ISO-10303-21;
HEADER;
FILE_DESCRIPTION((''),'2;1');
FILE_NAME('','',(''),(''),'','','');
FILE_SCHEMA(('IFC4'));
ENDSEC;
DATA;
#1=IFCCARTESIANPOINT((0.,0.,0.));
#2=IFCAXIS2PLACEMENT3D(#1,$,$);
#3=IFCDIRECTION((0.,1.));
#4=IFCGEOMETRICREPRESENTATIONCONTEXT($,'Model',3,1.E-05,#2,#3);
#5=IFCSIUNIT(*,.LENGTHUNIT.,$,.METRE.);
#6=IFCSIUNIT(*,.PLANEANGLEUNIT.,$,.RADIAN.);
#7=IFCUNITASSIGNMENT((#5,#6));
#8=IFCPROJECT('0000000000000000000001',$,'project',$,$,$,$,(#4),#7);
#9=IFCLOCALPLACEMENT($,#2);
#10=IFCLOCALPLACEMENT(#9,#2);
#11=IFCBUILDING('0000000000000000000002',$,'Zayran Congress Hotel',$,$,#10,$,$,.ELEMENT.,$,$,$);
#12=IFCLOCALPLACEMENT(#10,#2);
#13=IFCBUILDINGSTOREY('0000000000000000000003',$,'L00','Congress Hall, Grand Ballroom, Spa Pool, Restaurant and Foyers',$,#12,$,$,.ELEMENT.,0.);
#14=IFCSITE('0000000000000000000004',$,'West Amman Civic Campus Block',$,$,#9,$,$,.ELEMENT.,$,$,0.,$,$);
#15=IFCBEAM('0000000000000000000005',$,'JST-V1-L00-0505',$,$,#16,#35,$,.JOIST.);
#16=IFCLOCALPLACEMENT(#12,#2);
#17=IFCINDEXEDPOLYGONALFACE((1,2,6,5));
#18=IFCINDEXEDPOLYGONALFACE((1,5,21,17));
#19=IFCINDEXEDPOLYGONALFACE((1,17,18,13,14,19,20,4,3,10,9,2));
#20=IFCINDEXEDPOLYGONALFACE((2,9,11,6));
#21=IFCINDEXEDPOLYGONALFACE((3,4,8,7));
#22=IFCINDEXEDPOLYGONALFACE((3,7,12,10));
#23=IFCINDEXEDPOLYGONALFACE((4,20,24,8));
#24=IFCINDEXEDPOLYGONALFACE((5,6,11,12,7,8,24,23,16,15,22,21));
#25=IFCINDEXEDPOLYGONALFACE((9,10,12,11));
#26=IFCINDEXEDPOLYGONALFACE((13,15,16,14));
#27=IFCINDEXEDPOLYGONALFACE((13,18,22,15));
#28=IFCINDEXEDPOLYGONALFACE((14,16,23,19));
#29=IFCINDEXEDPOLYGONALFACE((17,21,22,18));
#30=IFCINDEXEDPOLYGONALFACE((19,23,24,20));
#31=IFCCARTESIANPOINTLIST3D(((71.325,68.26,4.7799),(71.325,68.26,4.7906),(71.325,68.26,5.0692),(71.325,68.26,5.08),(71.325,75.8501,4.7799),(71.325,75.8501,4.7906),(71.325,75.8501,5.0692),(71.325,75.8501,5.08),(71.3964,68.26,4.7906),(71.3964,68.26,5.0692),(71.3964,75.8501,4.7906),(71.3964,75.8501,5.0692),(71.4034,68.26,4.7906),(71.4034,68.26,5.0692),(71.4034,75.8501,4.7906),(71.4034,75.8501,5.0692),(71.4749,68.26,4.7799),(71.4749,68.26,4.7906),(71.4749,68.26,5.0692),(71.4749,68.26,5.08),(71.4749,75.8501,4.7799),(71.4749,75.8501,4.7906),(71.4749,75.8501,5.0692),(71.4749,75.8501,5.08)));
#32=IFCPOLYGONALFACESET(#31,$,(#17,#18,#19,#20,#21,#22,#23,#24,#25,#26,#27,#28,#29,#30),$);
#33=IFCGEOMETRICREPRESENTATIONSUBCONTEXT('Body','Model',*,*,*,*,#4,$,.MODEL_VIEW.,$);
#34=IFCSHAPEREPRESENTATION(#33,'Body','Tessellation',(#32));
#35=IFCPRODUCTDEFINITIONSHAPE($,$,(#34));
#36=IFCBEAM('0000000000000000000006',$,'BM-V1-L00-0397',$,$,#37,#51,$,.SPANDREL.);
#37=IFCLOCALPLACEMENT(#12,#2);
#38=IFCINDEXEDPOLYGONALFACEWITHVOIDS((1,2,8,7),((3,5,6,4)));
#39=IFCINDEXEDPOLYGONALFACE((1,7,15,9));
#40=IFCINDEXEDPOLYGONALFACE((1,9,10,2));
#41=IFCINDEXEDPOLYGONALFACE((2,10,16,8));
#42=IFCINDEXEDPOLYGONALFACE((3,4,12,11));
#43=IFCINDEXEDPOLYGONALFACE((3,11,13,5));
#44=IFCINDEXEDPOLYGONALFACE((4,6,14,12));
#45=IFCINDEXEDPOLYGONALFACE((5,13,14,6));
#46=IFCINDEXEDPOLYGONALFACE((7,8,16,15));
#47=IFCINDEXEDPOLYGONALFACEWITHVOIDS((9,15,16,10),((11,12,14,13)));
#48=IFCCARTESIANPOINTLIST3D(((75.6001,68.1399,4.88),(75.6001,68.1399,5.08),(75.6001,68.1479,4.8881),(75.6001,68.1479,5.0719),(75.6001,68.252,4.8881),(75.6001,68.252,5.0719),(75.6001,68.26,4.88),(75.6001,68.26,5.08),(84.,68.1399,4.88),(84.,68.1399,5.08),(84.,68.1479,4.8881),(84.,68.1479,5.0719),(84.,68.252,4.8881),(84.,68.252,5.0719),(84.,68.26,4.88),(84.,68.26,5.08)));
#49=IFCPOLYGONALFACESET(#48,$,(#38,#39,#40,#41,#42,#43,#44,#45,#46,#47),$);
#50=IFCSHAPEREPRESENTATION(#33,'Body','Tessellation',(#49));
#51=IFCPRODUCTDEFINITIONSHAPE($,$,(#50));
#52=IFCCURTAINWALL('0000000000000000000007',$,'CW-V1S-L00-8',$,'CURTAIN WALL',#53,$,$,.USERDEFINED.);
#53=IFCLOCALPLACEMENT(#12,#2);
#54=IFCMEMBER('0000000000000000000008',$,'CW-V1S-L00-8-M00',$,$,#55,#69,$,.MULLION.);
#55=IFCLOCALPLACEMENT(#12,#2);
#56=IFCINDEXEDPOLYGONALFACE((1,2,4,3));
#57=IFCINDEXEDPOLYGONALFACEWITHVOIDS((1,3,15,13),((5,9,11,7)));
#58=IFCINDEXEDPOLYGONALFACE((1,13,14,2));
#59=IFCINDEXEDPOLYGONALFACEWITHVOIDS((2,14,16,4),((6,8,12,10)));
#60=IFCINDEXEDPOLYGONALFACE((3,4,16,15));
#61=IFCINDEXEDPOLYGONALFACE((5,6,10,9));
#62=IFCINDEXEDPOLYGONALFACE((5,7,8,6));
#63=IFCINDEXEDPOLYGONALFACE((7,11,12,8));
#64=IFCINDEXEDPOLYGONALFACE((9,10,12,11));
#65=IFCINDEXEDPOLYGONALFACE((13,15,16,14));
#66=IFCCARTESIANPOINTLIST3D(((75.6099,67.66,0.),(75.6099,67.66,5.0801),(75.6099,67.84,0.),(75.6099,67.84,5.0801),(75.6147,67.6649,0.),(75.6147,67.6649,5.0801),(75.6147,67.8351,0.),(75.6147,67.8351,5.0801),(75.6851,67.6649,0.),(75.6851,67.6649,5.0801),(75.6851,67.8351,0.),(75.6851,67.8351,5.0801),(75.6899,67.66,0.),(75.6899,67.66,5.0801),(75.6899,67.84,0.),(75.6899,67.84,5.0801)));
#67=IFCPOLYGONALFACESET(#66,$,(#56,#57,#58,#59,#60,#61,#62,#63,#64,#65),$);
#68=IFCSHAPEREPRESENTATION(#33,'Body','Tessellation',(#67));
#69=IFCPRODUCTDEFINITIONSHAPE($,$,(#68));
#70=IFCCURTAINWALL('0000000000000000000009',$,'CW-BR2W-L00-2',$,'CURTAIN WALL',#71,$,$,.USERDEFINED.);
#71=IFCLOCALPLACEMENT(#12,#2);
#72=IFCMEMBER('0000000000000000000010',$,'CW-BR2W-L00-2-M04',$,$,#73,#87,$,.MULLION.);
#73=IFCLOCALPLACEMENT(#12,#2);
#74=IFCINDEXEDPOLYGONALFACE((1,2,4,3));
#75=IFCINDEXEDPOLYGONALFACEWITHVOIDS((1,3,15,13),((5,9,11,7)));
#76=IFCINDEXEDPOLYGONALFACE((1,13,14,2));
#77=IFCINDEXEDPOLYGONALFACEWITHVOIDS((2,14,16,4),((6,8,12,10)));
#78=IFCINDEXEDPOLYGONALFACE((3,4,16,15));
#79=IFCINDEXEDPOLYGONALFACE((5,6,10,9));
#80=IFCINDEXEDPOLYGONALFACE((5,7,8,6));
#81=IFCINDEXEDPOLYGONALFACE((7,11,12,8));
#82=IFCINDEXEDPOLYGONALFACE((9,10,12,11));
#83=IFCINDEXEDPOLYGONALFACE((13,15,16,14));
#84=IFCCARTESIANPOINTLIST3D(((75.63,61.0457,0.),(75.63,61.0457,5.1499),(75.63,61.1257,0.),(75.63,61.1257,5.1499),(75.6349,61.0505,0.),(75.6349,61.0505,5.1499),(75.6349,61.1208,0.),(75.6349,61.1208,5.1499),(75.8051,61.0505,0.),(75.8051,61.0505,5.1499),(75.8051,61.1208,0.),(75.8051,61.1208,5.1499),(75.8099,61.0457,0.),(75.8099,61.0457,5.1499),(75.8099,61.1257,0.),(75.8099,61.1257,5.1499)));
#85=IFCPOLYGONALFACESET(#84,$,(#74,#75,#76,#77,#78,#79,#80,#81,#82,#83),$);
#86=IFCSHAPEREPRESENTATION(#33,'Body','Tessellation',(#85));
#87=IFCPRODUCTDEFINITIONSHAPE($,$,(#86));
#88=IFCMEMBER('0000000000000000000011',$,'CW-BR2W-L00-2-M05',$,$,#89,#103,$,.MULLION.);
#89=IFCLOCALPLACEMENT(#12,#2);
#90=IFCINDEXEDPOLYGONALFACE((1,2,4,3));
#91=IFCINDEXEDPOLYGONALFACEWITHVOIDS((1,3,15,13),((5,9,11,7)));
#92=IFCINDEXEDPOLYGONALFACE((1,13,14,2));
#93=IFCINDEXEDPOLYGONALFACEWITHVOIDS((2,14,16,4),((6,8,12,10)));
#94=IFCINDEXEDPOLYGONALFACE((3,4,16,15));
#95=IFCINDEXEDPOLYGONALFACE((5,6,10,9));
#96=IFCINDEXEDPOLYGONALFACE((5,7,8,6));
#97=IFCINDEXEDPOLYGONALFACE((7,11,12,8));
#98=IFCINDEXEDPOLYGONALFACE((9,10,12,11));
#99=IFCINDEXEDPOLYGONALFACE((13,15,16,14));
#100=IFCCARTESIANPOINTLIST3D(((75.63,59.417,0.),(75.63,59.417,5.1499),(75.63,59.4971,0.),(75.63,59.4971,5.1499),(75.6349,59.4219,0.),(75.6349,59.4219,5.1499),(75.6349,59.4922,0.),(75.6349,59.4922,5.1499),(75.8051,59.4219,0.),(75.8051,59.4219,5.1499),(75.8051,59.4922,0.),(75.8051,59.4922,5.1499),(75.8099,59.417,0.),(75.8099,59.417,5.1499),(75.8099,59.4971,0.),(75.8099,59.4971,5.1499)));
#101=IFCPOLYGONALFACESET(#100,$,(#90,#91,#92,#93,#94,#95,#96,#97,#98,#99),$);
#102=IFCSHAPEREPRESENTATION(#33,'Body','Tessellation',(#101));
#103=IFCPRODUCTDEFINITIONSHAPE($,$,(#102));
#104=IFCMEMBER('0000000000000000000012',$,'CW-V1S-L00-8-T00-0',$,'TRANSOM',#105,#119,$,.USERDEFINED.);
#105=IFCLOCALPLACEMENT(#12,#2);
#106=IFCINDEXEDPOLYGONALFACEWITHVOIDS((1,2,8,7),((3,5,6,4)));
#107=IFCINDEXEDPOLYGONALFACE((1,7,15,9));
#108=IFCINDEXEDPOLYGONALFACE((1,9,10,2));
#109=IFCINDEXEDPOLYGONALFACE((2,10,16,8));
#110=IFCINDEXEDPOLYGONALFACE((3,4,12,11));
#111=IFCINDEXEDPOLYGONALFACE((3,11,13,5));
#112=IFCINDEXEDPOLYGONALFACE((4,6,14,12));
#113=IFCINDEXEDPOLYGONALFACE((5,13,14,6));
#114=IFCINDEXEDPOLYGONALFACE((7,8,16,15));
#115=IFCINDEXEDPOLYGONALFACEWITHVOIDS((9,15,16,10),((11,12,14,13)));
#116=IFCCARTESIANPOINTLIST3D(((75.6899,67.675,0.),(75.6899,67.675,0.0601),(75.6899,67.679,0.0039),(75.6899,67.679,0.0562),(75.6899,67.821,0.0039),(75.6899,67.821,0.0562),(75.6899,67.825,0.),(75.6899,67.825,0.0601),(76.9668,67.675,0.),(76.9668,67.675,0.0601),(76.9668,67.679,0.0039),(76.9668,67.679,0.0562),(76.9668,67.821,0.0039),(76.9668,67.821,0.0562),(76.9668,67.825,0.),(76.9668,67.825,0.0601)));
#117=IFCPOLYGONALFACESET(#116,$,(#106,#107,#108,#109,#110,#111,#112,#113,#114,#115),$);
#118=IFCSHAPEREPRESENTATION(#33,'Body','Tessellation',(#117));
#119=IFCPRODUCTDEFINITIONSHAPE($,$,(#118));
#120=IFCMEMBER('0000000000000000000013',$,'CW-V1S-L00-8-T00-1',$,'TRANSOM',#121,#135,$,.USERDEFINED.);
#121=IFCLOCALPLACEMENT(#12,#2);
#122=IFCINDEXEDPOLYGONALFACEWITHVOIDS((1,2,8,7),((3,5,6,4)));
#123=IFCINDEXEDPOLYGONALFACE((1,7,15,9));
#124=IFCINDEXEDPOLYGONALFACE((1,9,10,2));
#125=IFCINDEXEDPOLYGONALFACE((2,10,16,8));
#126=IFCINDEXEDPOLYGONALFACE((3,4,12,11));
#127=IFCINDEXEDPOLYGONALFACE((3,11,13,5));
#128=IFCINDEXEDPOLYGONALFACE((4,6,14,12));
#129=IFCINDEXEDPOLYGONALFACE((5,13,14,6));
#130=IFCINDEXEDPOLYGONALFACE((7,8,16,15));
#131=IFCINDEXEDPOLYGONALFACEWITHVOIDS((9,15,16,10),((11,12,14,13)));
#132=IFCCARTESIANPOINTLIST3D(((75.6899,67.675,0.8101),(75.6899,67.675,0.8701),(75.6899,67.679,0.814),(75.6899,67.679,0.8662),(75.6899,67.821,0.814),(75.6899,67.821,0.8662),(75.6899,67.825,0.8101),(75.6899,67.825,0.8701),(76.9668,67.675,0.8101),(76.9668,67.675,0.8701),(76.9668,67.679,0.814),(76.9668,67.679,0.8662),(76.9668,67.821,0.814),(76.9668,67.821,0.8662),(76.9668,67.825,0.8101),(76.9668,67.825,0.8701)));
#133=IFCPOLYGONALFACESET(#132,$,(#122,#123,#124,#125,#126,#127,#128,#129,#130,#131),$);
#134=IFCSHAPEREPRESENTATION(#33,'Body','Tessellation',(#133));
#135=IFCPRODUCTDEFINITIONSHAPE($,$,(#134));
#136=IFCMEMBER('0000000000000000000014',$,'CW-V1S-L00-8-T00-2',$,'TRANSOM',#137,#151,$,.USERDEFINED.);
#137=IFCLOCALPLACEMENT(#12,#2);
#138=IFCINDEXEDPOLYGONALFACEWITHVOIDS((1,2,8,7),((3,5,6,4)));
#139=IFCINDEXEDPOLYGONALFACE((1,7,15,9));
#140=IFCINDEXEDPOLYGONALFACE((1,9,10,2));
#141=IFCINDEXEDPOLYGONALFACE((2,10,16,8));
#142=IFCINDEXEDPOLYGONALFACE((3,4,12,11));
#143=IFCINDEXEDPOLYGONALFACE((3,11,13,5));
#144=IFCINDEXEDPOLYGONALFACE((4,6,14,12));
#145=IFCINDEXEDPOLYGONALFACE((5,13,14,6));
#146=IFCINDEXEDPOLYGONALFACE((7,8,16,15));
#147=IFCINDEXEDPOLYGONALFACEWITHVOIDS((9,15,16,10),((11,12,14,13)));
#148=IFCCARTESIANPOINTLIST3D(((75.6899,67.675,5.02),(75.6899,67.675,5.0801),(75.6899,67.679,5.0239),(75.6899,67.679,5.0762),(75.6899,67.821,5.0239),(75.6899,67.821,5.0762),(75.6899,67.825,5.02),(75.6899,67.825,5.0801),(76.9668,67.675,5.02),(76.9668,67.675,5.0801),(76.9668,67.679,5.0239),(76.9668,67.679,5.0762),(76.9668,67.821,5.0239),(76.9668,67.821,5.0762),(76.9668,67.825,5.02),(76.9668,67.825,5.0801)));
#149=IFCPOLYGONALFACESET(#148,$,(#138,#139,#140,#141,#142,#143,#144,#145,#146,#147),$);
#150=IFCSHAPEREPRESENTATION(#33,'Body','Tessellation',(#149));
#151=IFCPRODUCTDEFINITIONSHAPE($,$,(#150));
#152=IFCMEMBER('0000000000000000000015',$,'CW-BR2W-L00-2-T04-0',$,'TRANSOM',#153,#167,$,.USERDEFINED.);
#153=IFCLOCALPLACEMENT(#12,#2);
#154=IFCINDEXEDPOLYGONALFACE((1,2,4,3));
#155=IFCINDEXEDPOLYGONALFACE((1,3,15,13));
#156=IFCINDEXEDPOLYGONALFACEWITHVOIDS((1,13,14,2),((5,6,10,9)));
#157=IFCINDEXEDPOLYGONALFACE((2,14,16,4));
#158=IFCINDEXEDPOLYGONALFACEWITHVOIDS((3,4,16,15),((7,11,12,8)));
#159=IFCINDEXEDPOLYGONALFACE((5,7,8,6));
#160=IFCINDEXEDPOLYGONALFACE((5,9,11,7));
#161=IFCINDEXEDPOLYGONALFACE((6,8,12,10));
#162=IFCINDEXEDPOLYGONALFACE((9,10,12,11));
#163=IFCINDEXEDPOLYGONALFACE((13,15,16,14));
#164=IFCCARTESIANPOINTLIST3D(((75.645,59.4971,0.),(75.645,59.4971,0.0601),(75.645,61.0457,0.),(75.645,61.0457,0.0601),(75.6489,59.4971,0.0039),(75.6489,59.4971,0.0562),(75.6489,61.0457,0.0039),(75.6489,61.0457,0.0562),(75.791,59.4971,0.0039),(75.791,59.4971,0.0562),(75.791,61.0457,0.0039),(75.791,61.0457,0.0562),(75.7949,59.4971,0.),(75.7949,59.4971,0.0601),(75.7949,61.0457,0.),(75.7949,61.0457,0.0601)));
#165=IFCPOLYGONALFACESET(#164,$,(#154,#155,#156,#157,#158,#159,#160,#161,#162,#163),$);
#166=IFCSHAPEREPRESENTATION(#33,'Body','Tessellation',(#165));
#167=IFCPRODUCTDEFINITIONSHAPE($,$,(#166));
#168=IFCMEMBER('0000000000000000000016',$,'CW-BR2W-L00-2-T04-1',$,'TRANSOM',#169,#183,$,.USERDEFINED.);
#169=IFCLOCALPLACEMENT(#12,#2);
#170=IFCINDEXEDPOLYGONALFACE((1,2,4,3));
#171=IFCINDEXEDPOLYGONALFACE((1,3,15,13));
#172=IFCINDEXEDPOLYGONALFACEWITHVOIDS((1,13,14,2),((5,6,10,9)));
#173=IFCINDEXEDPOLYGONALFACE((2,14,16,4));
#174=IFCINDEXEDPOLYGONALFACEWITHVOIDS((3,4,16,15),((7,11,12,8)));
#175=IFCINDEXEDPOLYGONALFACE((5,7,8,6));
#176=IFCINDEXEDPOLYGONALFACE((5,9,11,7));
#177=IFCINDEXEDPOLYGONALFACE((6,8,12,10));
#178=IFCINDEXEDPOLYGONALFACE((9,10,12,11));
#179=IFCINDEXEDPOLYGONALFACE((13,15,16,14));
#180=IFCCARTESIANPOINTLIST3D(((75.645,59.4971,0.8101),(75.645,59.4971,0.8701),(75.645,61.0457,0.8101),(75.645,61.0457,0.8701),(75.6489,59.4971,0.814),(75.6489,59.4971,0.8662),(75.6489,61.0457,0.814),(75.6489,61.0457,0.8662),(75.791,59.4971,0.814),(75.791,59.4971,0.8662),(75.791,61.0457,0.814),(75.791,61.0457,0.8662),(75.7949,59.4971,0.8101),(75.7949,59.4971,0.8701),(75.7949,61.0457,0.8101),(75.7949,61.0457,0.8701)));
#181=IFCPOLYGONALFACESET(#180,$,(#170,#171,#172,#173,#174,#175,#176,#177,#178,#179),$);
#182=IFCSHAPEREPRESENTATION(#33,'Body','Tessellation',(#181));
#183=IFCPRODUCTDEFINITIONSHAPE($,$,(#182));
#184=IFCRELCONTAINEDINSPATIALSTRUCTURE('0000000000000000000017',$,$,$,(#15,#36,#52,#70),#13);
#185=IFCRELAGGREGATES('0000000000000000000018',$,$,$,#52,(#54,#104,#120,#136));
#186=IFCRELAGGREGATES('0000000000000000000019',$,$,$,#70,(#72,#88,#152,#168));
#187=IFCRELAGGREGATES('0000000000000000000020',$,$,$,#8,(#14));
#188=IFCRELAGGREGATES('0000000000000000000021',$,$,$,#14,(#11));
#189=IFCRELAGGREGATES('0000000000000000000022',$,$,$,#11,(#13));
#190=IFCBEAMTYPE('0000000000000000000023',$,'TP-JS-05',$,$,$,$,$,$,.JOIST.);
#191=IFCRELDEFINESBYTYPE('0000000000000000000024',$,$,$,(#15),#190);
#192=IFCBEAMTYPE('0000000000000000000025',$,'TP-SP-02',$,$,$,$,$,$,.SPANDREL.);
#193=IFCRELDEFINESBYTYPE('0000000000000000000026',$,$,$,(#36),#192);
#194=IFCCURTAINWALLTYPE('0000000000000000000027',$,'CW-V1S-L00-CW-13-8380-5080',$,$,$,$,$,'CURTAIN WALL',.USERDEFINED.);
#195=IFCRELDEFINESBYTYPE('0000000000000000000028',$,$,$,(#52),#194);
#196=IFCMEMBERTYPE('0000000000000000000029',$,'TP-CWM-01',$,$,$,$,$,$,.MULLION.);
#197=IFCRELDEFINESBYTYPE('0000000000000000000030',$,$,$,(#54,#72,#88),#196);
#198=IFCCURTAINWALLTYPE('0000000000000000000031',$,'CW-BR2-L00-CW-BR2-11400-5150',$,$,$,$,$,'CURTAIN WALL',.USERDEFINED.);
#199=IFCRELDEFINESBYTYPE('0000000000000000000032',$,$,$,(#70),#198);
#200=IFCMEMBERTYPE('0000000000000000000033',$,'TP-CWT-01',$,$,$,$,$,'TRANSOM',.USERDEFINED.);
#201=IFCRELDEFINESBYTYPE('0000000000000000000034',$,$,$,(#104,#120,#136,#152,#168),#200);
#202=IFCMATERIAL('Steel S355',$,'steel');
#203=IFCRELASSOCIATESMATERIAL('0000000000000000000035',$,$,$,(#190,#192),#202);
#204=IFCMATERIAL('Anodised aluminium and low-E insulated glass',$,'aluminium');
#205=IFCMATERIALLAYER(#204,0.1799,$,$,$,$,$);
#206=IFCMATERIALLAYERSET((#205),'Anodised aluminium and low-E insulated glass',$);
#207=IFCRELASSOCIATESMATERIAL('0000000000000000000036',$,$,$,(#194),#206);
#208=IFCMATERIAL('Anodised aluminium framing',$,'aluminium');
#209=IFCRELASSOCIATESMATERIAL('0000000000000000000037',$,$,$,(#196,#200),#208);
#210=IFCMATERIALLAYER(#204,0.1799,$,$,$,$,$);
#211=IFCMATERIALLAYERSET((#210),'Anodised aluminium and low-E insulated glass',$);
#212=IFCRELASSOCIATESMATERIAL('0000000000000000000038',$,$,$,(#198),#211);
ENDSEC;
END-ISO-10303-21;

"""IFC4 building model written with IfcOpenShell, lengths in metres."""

from ifc_helpers import new_model, si_unit, direction, frame, origin, origin_2d, place, context, subcontext, project, spatial, hollow_rectangle, i_section, extrude, material, layer, layer_set, material_profile, profile_set, type_object, element, aggregate, save


model = new_model("IFC4")

# Units and contexts
model_context = context("Model", 3, precision=1e-05, world=origin(), true_north=direction((0.0, 1.0)))
body_context = subcontext(model_context, "Body", "Model", "MODEL_VIEW")
ifc_project = project(units=[si_unit("LENGTHUNIT", "METRE"), si_unit("PLANEANGLEUNIT", "RADIAN")], contexts=[model_context])

# Site, building, storey
site_placement = place(None, origin())
site = spatial("IfcSite", under=ifc_project, at=site_placement, Name="West Amman Civic Campus Block", CompositionType="ELEMENT", RefElevation=0.0)
building_placement = place(site_placement, origin())
building = spatial("IfcBuilding", under=site, at=building_placement, Name="Zayran Congress Hotel", CompositionType="ELEMENT")
storey_placement = place(building_placement, origin())
storey = spatial("IfcBuildingStorey", under=building, at=storey_placement, Name="L00", Description="Congress Hall, Grand Ballroom, Spa Pool, Restaurant and Foyers", CompositionType="ELEMENT", Elevation=0.0)

# Shared definitions
ifc_material_1 = material(Name="Steel S355", Category="steel")

# Beams
ifc_material_profile_1 = material_profile(ifc_material_1, i_section(OverallWidth=0.1499, OverallDepth=0.3, WebThickness=0.0071, FlangeThickness=0.0107, at=origin_2d()), Name="IPE 300")
ifc_profile_set_1 = profile_set([ifc_material_profile_1], Name="Steel S355")
beam_type_1 = type_object("IfcBeamType", Name="TP-JS-05", PredefinedType="JOIST", material=ifc_profile_set_1)
beam_1_placement = place(storey_placement, frame((71.3999, 68.26, 4.9299), z_axis=(0.0, 1.0, 0.0), x_axis=(-1.0, 0.0, 0.0)))
element("IfcBeam", 1, at=beam_1_placement, inside=storey, type_object=beam_type_1, Name="JST-V1-L00-0505", PredefinedType="JOIST", context=body_context, shape_type="SweptSolid", body=[
    extrude(i_section(OverallWidth=0.1499, OverallDepth=0.3, WebThickness=0.0071, FlangeThickness=0.0107, at=origin_2d()), origin(), (0.0, 0.0, 1.0), 7.5901),
])
ifc_material_profile_2 = material_profile(ifc_material_1, hollow_rectangle(XDim=0.1201, YDim=0.2, WallThickness=0.0081, at=origin_2d()), Name="RHS 200x120x8")
ifc_profile_set_2 = profile_set([ifc_material_profile_2], Name="Steel S355")
beam_type_2 = type_object("IfcBeamType", Name="TP-SP-02", PredefinedType="SPANDREL", material=ifc_profile_set_2)
beam_2_placement = place(storey_placement, frame((75.6001, 68.2, 4.98), z_axis=(1.0, 0.0, 0.0), x_axis=(0.0, 1.0, 0.0)))
element("IfcBeam", 2, at=beam_2_placement, inside=storey, type_object=beam_type_2, Name="BM-V1-L00-0397", PredefinedType="SPANDREL", context=body_context, shape_type="SweptSolid", body=[
    extrude(hollow_rectangle(XDim=0.1201, YDim=0.2, WallThickness=0.0081, at=origin_2d()), origin(), (0.0, 0.0, 1.0), 8.3999),
])

# Curtain wall, member
ifc_material_2 = material(Name="Anodised aluminium and low-E insulated glass", Category="aluminium")
ifc_layer_1 = layer(ifc_material_2, 0.1799)
ifc_layer_set_1 = layer_set([ifc_layer_1], Name="Anodised aluminium and low-E insulated glass")
curtain_wall_type_1 = type_object("IfcCurtainWallType", Name="CW-V1S-L00-CW-13-8380-5080", ElementType="CURTAIN WALL", PredefinedType="USERDEFINED", material=ifc_layer_set_1)
curtain_wall_1_placement = place(storey_placement, origin())
curtain_wall_1 = element("IfcCurtainWall", 3, at=curtain_wall_1_placement, inside=storey, type_object=curtain_wall_type_1, Name="CW-V1S-L00-8", ObjectType="CURTAIN WALL", PredefinedType="USERDEFINED")
ifc_material_3 = material(Name="Anodised aluminium framing", Category="aluminium")
ifc_material_profile_3 = material_profile(ifc_material_3, hollow_rectangle(XDim=0.0801, YDim=0.1799, WallThickness=0.0049, at=origin_2d()), Name="RHS 180x80x5")
ifc_profile_set_3 = profile_set([ifc_material_profile_3], Name="Anodised aluminium framing")
member_type_1 = type_object("IfcMemberType", Name="TP-CWM-01", PredefinedType="MULLION", material=ifc_profile_set_3)
member_1_placement = place(storey_placement, frame((75.6499, 67.75, 0.0), z_axis=(0.0, 0.0, 1.0), x_axis=(1.0, 0.0, 0.0)))
member_1 = element("IfcMember", 4, at=member_1_placement, type_object=member_type_1, Name="CW-V1S-L00-8-M00", PredefinedType="MULLION", context=body_context, shape_type="SweptSolid", body=[
    extrude(hollow_rectangle(XDim=0.0801, YDim=0.1799, WallThickness=0.0049, at=origin_2d()), origin(), (0.0, 0.0, 1.0), 5.0801),
])

# Curtain wall, members
ifc_layer_2 = layer(ifc_material_2, 0.1799)
ifc_layer_set_2 = layer_set([ifc_layer_2], Name="Anodised aluminium and low-E insulated glass")
curtain_wall_type_2 = type_object("IfcCurtainWallType", Name="CW-BR2-L00-CW-BR2-11400-5150", ElementType="CURTAIN WALL", PredefinedType="USERDEFINED", material=ifc_layer_set_2)
curtain_wall_2_placement = place(storey_placement, origin())
curtain_wall_2 = element("IfcCurtainWall", 5, at=curtain_wall_2_placement, inside=storey, type_object=curtain_wall_type_2, Name="CW-BR2W-L00-2", ObjectType="CURTAIN WALL", PredefinedType="USERDEFINED")
member_2_placement = place(storey_placement, frame((75.72, 61.0857, 0.0), z_axis=(0.0, 0.0, 1.0), x_axis=(0.0, 1.0, 0.0)))
member_2 = element("IfcMember", 6, at=member_2_placement, type_object=member_type_1, Name="CW-BR2W-L00-2-M04", PredefinedType="MULLION", context=body_context, shape_type="SweptSolid", body=[
    extrude(hollow_rectangle(XDim=0.0801, YDim=0.1799, WallThickness=0.0049, at=origin_2d()), origin(), (0.0, 0.0, 1.0), 5.1499),
])
member_3_placement = place(storey_placement, frame((75.72, 59.457, 0.0), z_axis=(0.0, 0.0, 1.0), x_axis=(0.0, 1.0, 0.0)))
member_3 = element("IfcMember", 7, at=member_3_placement, type_object=member_type_1, Name="CW-BR2W-L00-2-M05", PredefinedType="MULLION", context=body_context, shape_type="SweptSolid", body=[
    extrude(hollow_rectangle(XDim=0.0801, YDim=0.1799, WallThickness=0.0049, at=origin_2d()), origin(), (0.0, 0.0, 1.0), 5.1499),
])

# Members
ifc_material_profile_4 = material_profile(ifc_material_3, hollow_rectangle(XDim=0.0601, YDim=0.1499, WallThickness=0.0039, at=origin_2d()), Name="RHS 150x60x4")
ifc_profile_set_4 = profile_set([ifc_material_profile_4], Name="Anodised aluminium framing")
member_type_2 = type_object("IfcMemberType", Name="TP-CWT-01", ElementType="TRANSOM", PredefinedType="USERDEFINED", material=ifc_profile_set_4)
member_4_placement = place(storey_placement, frame((75.6899, 67.75, 0.03), z_axis=(1.0, 0.0, 0.0), x_axis=(0.0, 0.0, 1.0)))
member_4 = element("IfcMember", 8, at=member_4_placement, type_object=member_type_2, Name="CW-V1S-L00-8-T00-0", ObjectType="TRANSOM", PredefinedType="USERDEFINED", context=body_context, shape_type="SweptSolid", body=[
    extrude(hollow_rectangle(XDim=0.0601, YDim=0.1499, WallThickness=0.0039, at=origin_2d()), origin(), (0.0, 0.0, 1.0), 1.2769),
])
member_5_placement = place(storey_placement, frame((75.6899, 67.75, 0.8401), z_axis=(1.0, 0.0, 0.0), x_axis=(0.0, 0.0, 1.0)))
member_5 = element("IfcMember", 9, at=member_5_placement, type_object=member_type_2, Name="CW-V1S-L00-8-T00-1", ObjectType="TRANSOM", PredefinedType="USERDEFINED", context=body_context, shape_type="SweptSolid", body=[
    extrude(hollow_rectangle(XDim=0.0601, YDim=0.1499, WallThickness=0.0039, at=origin_2d()), origin(), (0.0, 0.0, 1.0), 1.2769),
])
member_6_placement = place(storey_placement, frame((75.6899, 67.75, 5.05), z_axis=(1.0, 0.0, 0.0), x_axis=(0.0, 0.0, 1.0)))
member_6 = element("IfcMember", 10, at=member_6_placement, type_object=member_type_2, Name="CW-V1S-L00-8-T00-2", ObjectType="TRANSOM", PredefinedType="USERDEFINED", context=body_context, shape_type="SweptSolid", body=[
    extrude(hollow_rectangle(XDim=0.0601, YDim=0.1499, WallThickness=0.0039, at=origin_2d()), origin(), (0.0, 0.0, 1.0), 1.2769),
])
aggregate(curtain_wall_1, [member_1, member_4, member_5, member_6])
member_7_placement = place(storey_placement, frame((75.72, 61.0457, 0.03), z_axis=(0.0, -1.0, 0.0), x_axis=(0.0, 0.0, 1.0)))
member_7 = element("IfcMember", 11, at=member_7_placement, type_object=member_type_2, Name="CW-BR2W-L00-2-T04-0", ObjectType="TRANSOM", PredefinedType="USERDEFINED", context=body_context, shape_type="SweptSolid", body=[
    extrude(hollow_rectangle(XDim=0.0601, YDim=0.1499, WallThickness=0.0039, at=origin_2d()), origin(), (0.0, 0.0, 1.0), 1.5486),
])
member_8_placement = place(storey_placement, frame((75.72, 61.0457, 0.8401), z_axis=(0.0, -1.0, 0.0), x_axis=(0.0, 0.0, 1.0)))
member_8 = element("IfcMember", 12, at=member_8_placement, type_object=member_type_2, Name="CW-BR2W-L00-2-T04-1", ObjectType="TRANSOM", PredefinedType="USERDEFINED", context=body_context, shape_type="SweptSolid", body=[
    extrude(hollow_rectangle(XDim=0.0601, YDim=0.1499, WallThickness=0.0039, at=origin_2d()), origin(), (0.0, 0.0, 1.0), 1.5486),
])

aggregate(curtain_wall_2, [member_2, member_3, member_7, member_8])

save(model, "model.ifc")
